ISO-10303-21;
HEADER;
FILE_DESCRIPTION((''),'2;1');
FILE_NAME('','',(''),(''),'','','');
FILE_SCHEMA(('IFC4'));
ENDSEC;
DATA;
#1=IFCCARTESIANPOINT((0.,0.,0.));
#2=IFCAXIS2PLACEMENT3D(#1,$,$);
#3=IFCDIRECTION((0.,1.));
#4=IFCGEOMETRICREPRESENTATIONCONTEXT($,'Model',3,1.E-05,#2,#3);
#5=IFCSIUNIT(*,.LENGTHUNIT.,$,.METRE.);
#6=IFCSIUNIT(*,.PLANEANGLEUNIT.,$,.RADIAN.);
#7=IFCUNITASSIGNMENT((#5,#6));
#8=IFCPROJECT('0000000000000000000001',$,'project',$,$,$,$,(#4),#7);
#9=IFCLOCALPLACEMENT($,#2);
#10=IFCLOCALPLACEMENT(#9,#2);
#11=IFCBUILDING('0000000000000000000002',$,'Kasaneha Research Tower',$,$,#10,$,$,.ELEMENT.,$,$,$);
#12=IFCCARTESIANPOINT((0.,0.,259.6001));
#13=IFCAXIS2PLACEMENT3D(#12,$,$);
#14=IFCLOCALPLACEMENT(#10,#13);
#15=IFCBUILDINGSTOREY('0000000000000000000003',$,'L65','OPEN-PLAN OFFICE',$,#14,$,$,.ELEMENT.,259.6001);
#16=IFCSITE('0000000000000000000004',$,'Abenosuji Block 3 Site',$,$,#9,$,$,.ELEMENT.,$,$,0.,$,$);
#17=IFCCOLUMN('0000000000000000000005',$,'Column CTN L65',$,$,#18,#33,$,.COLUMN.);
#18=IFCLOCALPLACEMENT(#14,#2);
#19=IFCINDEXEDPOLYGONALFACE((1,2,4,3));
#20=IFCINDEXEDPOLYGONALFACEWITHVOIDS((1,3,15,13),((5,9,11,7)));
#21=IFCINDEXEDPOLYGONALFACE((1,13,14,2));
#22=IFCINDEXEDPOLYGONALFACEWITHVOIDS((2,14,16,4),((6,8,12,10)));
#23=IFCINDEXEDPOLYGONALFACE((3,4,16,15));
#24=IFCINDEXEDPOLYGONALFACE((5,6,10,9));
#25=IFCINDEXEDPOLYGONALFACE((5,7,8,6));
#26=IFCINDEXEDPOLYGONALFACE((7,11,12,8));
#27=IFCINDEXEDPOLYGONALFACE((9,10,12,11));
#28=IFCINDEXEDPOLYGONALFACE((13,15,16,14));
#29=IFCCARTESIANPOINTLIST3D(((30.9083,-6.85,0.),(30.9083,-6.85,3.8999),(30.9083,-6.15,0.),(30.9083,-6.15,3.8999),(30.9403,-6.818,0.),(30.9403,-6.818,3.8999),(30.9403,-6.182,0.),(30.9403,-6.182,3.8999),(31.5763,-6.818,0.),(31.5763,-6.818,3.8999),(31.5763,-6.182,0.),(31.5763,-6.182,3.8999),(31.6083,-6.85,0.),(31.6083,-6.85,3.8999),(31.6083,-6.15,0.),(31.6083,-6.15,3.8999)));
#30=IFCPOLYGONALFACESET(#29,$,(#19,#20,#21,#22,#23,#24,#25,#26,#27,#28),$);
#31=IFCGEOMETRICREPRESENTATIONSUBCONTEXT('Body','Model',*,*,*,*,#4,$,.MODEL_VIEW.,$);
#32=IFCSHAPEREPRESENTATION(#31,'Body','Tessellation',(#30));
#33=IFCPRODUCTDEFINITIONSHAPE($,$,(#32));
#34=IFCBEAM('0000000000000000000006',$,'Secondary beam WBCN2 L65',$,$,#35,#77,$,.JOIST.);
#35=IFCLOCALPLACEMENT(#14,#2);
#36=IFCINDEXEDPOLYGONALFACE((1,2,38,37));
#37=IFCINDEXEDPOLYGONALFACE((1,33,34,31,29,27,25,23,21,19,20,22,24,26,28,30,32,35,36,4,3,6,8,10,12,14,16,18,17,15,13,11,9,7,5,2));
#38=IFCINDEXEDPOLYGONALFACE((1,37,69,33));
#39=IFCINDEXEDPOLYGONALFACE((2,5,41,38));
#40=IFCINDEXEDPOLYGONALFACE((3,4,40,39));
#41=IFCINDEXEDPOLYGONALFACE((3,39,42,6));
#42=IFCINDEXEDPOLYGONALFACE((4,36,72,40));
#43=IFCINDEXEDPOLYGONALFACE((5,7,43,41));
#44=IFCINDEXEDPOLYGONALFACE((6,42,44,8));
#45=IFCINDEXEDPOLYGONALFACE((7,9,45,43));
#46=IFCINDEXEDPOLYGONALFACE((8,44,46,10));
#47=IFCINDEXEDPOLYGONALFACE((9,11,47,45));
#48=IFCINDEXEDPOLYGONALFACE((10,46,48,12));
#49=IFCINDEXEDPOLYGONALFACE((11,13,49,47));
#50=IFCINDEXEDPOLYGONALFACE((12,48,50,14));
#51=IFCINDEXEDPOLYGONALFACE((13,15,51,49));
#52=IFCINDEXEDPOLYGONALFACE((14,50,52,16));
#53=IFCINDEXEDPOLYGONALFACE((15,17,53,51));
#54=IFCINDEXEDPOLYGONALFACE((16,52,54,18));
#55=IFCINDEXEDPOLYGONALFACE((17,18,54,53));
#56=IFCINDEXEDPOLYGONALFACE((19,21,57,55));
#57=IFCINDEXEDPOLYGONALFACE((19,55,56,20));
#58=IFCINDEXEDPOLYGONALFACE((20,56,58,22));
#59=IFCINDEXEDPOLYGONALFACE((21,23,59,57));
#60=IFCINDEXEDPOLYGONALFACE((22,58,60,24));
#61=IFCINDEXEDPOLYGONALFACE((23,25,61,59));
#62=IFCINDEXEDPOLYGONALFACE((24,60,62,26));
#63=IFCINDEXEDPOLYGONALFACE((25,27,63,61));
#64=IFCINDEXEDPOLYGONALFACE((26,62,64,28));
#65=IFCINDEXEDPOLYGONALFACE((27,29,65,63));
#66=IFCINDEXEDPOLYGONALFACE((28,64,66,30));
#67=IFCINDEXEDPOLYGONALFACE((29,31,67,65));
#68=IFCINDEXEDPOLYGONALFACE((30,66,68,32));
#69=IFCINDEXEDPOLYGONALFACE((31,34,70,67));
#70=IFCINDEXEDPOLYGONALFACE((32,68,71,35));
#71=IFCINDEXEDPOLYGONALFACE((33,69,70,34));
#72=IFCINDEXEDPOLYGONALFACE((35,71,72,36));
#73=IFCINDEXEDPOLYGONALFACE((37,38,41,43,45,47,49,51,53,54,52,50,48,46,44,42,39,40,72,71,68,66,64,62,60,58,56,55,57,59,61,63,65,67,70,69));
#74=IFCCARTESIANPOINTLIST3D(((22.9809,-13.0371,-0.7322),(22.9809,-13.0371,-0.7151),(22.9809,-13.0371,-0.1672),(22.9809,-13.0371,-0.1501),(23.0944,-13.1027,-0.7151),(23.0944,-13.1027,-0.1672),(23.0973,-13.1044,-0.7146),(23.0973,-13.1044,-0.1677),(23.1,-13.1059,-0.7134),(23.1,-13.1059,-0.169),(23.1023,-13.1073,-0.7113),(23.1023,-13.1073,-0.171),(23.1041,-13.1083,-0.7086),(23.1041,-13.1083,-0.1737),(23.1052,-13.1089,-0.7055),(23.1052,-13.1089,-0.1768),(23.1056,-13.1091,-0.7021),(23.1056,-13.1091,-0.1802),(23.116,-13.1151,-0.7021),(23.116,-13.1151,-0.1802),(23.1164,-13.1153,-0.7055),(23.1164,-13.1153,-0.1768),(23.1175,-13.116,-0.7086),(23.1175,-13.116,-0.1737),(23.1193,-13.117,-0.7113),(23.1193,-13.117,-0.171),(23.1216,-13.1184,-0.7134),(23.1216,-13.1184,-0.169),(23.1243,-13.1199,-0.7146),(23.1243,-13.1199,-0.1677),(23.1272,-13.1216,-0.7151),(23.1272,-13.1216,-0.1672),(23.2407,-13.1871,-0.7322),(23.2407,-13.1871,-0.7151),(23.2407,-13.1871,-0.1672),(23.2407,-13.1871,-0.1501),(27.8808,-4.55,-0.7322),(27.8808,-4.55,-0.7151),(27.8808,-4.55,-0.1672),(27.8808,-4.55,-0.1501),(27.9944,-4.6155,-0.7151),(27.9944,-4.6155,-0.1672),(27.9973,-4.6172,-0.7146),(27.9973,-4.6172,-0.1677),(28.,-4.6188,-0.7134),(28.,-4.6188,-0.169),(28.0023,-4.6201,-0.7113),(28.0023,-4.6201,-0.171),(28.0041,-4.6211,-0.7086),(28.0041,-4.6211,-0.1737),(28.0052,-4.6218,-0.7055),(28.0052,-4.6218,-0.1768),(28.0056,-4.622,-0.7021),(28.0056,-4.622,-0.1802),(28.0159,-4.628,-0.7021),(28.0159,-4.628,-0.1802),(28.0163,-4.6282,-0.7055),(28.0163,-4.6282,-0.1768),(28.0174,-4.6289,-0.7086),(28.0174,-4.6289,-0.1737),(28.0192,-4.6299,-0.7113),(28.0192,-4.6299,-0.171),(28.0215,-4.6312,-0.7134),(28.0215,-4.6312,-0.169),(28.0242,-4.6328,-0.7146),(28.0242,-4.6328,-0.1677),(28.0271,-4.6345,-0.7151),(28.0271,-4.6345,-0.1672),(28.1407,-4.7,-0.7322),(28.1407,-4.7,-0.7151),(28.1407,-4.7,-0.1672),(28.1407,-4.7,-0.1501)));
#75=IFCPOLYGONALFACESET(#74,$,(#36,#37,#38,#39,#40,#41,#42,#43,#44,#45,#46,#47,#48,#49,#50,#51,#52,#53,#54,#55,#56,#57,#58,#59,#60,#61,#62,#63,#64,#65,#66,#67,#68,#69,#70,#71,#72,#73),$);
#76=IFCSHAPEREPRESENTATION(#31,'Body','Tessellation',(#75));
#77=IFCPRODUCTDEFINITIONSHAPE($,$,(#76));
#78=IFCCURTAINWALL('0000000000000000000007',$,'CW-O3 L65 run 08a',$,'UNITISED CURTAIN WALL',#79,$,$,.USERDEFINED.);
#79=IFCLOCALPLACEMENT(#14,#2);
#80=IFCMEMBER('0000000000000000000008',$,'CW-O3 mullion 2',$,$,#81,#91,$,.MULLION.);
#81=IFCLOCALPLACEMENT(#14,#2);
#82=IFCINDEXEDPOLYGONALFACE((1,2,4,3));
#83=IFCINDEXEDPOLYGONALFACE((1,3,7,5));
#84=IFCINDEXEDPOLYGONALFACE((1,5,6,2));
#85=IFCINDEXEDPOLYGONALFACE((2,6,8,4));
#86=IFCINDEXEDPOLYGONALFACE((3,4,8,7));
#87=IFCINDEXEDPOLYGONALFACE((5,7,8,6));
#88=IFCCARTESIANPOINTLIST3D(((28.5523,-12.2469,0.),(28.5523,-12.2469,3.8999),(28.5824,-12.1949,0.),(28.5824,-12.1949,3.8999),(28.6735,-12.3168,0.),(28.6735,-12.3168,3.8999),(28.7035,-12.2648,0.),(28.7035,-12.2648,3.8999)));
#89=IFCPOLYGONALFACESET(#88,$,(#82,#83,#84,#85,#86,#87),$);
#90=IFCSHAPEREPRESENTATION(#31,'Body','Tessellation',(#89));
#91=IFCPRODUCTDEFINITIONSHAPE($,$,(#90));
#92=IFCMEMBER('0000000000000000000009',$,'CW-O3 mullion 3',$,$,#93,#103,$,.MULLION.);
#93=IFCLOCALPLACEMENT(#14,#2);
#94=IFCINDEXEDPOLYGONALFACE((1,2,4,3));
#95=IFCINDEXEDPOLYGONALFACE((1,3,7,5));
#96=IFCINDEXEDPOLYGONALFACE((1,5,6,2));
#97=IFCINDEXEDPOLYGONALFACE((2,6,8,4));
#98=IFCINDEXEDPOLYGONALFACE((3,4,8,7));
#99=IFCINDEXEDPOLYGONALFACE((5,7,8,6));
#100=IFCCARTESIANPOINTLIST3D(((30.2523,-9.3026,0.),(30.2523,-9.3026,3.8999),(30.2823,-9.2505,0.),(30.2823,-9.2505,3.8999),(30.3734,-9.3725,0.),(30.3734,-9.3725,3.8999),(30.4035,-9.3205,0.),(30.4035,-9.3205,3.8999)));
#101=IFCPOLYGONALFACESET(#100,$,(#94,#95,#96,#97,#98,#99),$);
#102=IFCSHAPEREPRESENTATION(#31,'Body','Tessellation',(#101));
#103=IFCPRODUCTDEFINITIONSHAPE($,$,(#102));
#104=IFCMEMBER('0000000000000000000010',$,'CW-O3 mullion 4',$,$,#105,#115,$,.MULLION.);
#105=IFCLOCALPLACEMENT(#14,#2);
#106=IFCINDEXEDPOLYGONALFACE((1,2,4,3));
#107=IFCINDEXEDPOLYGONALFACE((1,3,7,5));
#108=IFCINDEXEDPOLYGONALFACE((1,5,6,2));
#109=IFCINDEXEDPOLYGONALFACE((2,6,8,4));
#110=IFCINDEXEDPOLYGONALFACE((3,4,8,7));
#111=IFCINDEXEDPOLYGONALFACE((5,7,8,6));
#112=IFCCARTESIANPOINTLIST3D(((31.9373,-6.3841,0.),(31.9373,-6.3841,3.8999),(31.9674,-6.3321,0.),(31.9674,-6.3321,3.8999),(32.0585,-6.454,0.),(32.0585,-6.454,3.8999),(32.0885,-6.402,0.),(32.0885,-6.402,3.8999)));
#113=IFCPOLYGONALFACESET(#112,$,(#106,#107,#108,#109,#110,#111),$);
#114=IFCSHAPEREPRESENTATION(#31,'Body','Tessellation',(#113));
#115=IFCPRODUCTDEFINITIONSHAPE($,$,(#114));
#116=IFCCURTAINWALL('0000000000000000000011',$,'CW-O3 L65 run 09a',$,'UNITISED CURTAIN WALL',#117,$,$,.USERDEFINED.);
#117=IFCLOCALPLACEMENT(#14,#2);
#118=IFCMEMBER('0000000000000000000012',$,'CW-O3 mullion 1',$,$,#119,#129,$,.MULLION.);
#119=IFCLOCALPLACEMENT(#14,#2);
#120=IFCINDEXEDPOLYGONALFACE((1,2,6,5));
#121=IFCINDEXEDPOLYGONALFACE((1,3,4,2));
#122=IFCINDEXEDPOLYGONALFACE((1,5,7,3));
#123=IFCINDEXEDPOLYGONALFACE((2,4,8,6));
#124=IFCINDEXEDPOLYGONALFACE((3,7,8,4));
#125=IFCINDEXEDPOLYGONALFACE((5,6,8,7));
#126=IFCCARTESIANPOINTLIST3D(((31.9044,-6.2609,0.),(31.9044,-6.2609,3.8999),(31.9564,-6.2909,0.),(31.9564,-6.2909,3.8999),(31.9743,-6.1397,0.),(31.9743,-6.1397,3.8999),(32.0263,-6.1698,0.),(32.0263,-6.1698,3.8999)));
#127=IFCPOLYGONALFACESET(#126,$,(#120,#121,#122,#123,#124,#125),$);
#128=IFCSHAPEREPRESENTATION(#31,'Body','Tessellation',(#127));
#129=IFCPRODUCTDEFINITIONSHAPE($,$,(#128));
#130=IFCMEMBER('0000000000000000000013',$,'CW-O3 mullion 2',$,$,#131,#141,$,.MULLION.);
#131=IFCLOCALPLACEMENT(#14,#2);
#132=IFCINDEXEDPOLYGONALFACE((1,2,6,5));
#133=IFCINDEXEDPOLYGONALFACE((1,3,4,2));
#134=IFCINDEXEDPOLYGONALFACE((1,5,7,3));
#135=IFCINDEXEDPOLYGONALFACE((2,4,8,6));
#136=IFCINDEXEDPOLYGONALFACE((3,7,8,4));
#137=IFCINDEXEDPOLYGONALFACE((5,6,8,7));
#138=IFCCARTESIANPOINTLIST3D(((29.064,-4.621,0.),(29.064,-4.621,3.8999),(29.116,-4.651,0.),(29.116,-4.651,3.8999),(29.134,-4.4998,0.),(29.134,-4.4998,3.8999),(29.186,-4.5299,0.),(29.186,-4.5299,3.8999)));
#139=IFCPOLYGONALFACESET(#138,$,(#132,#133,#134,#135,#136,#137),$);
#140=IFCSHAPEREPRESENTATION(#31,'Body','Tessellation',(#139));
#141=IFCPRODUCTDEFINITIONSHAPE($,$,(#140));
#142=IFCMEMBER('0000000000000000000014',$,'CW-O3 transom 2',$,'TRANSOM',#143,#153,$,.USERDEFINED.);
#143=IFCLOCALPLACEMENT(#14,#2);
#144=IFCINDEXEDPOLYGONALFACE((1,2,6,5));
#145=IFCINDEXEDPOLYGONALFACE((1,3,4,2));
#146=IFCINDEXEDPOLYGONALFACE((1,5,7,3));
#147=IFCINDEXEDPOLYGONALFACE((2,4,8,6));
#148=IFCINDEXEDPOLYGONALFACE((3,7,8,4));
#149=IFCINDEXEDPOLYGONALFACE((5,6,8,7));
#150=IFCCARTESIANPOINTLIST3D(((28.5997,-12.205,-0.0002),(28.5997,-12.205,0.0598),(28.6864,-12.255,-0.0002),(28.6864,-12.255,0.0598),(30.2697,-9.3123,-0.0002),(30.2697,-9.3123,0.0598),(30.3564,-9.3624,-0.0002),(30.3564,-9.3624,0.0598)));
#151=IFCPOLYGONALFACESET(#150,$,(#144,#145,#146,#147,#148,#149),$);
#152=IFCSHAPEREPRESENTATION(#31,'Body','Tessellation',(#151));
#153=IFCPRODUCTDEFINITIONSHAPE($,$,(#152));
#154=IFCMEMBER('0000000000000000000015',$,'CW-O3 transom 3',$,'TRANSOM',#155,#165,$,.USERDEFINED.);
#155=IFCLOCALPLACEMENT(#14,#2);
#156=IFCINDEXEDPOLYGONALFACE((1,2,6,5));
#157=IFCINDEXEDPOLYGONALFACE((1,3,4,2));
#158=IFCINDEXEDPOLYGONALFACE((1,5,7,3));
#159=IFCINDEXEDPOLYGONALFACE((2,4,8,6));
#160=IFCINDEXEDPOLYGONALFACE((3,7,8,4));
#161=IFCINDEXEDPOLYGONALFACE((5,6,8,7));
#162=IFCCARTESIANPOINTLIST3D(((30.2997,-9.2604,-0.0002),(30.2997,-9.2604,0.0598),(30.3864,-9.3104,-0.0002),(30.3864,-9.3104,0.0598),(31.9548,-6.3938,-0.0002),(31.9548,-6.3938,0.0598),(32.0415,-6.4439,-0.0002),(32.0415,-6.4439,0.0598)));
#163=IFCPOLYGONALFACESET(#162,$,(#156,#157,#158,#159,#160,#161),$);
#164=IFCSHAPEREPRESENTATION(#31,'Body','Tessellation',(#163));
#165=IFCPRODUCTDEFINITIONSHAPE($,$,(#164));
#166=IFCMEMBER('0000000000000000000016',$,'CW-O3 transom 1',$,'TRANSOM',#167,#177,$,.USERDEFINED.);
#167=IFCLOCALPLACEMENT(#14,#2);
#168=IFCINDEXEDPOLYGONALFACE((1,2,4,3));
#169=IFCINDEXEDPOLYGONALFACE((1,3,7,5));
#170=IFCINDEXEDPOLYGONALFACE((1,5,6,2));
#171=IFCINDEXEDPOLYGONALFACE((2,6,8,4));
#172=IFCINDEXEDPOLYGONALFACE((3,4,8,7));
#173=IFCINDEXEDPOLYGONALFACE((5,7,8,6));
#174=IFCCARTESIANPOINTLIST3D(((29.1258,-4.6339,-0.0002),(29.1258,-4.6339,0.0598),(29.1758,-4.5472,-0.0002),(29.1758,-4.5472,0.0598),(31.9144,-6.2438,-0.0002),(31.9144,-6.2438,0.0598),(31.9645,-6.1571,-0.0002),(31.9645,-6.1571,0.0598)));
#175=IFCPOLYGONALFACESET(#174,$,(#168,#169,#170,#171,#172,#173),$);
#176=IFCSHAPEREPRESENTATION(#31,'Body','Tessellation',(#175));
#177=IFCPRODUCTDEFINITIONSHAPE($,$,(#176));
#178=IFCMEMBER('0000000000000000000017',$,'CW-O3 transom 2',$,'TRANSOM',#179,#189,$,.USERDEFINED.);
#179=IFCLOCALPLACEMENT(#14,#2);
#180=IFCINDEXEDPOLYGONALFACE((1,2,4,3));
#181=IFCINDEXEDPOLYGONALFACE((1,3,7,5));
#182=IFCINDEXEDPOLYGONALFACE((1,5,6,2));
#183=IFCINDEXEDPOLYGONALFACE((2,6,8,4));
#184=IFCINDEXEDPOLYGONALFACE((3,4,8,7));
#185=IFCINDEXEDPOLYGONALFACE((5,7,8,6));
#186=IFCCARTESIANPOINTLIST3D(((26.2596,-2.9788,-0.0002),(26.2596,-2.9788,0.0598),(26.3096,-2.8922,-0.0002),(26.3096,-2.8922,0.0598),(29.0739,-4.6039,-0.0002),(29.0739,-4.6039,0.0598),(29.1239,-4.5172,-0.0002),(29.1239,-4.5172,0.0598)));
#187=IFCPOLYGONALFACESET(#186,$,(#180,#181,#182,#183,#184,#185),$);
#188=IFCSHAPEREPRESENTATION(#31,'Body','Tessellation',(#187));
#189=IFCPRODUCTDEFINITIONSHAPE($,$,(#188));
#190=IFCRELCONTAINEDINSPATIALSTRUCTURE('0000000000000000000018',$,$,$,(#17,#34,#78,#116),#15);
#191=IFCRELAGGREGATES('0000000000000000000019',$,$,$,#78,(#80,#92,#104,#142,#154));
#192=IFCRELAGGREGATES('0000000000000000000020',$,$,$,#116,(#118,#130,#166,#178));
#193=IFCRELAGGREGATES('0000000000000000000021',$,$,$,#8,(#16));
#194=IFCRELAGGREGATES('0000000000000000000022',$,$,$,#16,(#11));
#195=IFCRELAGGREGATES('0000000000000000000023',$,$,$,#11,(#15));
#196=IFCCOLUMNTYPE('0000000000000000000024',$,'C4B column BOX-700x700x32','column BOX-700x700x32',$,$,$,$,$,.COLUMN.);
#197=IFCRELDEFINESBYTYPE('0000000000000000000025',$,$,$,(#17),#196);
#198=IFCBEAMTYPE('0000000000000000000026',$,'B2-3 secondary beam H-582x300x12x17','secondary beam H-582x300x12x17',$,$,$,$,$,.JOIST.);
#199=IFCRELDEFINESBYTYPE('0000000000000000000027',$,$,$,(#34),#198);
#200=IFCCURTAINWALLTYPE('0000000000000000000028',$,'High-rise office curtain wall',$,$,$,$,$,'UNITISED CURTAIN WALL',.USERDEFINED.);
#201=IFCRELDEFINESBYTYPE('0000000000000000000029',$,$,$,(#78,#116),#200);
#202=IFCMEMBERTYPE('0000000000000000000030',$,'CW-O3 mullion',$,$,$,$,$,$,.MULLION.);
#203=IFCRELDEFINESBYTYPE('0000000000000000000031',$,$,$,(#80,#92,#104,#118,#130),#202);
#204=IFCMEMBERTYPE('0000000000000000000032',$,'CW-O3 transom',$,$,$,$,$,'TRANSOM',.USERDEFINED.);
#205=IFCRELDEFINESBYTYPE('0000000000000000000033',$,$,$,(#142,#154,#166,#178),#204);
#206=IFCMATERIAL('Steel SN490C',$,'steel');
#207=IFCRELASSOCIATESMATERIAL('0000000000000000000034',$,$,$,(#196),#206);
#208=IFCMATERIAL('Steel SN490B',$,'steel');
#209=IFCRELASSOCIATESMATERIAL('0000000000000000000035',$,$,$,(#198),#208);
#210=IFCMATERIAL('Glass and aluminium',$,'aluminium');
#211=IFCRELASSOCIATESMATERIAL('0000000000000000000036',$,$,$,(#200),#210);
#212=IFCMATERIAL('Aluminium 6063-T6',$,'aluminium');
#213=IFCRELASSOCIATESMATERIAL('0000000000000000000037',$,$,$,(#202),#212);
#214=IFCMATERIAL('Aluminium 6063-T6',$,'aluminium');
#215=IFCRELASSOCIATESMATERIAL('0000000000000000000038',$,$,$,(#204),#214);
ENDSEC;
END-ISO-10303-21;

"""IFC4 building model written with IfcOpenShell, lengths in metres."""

from ifc_helpers import new_model, si_unit, direction, frame, origin, origin_2d, place, context, subcontext, project, spatial, rectangle, hollow_rectangle, i_section, extrude, material, material_profile, profile_set, type_object, element, aggregate, save


model = new_model("IFC4")

# Units and contexts
model_context = context("Model", 3, precision=1e-05, world=origin(), true_north=direction((0.0, 1.0)))
body_context = subcontext(model_context, "Body", "Model", "MODEL_VIEW")
ifc_project = project(units=[si_unit("LENGTHUNIT", "METRE"), si_unit("PLANEANGLEUNIT", "RADIAN")], contexts=[model_context])

# Site, building, storey
site_placement = place(None, origin())
site = spatial("IfcSite", under=ifc_project, at=site_placement, Name="Abenosuji Block 3 Site", CompositionType="ELEMENT", RefElevation=0.0)
building_placement = place(site_placement, origin())
building = spatial("IfcBuilding", under=site, at=building_placement, Name="Kasaneha Research Tower", CompositionType="ELEMENT")
storey_placement = place(building_placement, frame((0.0, 0.0, 259.6001)))
storey = spatial("IfcBuildingStorey", under=building, at=storey_placement, Name="L65", Description="OPEN-PLAN OFFICE", CompositionType="ELEMENT", Elevation=259.6001)

# Column
ifc_material_1 = material(Name="Steel SN490C", Category="steel")
ifc_material_profile_1 = material_profile(ifc_material_1, hollow_rectangle(XDim=0.7, YDim=0.7, WallThickness=0.032, at=origin_2d()), Name="BOX-700x700x32")
ifc_profile_set_1 = profile_set([ifc_material_profile_1], Name="Steel SN490C")
column_type = type_object("IfcColumnType", Name="C4B column BOX-700x700x32", Description="column BOX-700x700x32", PredefinedType="COLUMN", material=ifc_profile_set_1)
column_placement = place(storey_placement, frame((31.2583, -6.5, 0.0), z_axis=(0.0, 0.0, 1.0), x_axis=(1.0, 0.0, 0.0)))
element("IfcColumn", 1, at=column_placement, inside=storey, type_object=column_type, Name="Column CTN L65", PredefinedType="COLUMN", context=body_context, shape_type="SweptSolid", body=[
    extrude(hollow_rectangle(XDim=0.7, YDim=0.7, WallThickness=0.032, at=origin_2d()), origin(), (0.0, 0.0, 1.0), 3.8999),
])

# Beam
ifc_material_2 = material(Name="Steel SN490B", Category="steel")
ifc_material_profile_2 = material_profile(ifc_material_2, i_section(OverallWidth=0.3, OverallDepth=0.582, WebThickness=0.012, FlangeThickness=0.0171, FilletRadius=0.0129, at=origin_2d()), Name="H-582x300x12x17")
ifc_profile_set_2 = profile_set([ifc_material_profile_2], Name="Steel SN490B")
beam_type_1 = type_object("IfcBeamType", Name="B2-3 secondary beam H-582x300x12x17", Description="secondary beam H-582x300x12x17", PredefinedType="JOIST", material=ifc_profile_set_2)
beam_1_placement = place(storey_placement, frame((28.0107, -4.625, -0.4412), z_axis=(-0.499992, -0.86603, 0.0), x_axis=(0.86603, -0.499992, 0.0)))
element("IfcBeam", 2, at=beam_1_placement, inside=storey, type_object=beam_type_1, Name="Secondary beam WBCN2 L65", PredefinedType="JOIST", context=body_context, shape_type="SweptSolid", body=[
    extrude(i_section(OverallWidth=0.3, OverallDepth=0.582, WebThickness=0.012, FlangeThickness=0.0171, FilletRadius=0.0129, at=origin_2d()), origin(), (0.0, 0.0, 1.0), 9.8),
])

# Curtain walls, members
ifc_material_3 = material(Name="Glass and aluminium", Category="aluminium")
curtain_wall_type = type_object("IfcCurtainWallType", Name="High-rise office curtain wall", ElementType="UNITISED CURTAIN WALL", PredefinedType="USERDEFINED", material=ifc_material_3)
curtain_wall_1_placement = place(storey_placement, origin())
curtain_wall_1 = element("IfcCurtainWall", 3, at=curtain_wall_1_placement, inside=storey, type_object=curtain_wall_type, Name="CW-O3 L65 run 08a", ObjectType="UNITISED CURTAIN WALL", PredefinedType="USERDEFINED")
ifc_material_4 = material(Name="Aluminium 6063-T6", Category="aluminium")
ifc_material_profile_3 = material_profile(ifc_material_4, rectangle(XDim=0.0601, YDim=0.1399, at=origin_2d()), Name="CW-O3 mullion 60x140")
ifc_profile_set_3 = profile_set([ifc_material_profile_3], Name="Aluminium 6063-T6")
member_type_1 = type_object("IfcMemberType", Name="CW-O3 mullion", PredefinedType="MULLION", material=ifc_profile_set_3)
member_1_placement = place(storey_placement, frame((28.6279, -12.2559, 0.0), z_axis=(0.0, 0.0, 1.0), x_axis=(0.5, 0.866025, 0.0)))
member_1 = element("IfcMember", 4, at=member_1_placement, type_object=member_type_1, Name="CW-O3 mullion 2", PredefinedType="MULLION", context=body_context, shape_type="SweptSolid", body=[
    extrude(rectangle(XDim=0.0601, YDim=0.1399, at=origin_2d()), origin(), (0.0, 0.0, 1.0), 3.8999),
])
member_2_placement = place(storey_placement, frame((30.3279, -9.3115, 0.0), z_axis=(0.0, 0.0, 1.0), x_axis=(0.5, 0.866025, 0.0)))
member_2 = element("IfcMember", 5, at=member_2_placement, type_object=member_type_1, Name="CW-O3 mullion 3", PredefinedType="MULLION", context=body_context, shape_type="SweptSolid", body=[
    extrude(rectangle(XDim=0.0601, YDim=0.1399, at=origin_2d()), origin(), (0.0, 0.0, 1.0), 3.8999),
])
member_3_placement = place(storey_placement, frame((32.0129, -6.3931, 0.0), z_axis=(0.0, 0.0, 1.0), x_axis=(0.5, 0.866025, 0.0)))
member_3 = element("IfcMember", 6, at=member_3_placement, type_object=member_type_1, Name="CW-O3 mullion 4", PredefinedType="MULLION", context=body_context, shape_type="SweptSolid", body=[
    extrude(rectangle(XDim=0.0601, YDim=0.1399, at=origin_2d()), origin(), (0.0, 0.0, 1.0), 3.8999),
])
curtain_wall_2_placement = place(storey_placement, origin())
curtain_wall_2 = element("IfcCurtainWall", 7, at=curtain_wall_2_placement, inside=storey, type_object=curtain_wall_type, Name="CW-O3 L65 run 09a", ObjectType="UNITISED CURTAIN WALL", PredefinedType="USERDEFINED")
member_4_placement = place(storey_placement, frame((31.9653, -6.2153, 0.0), z_axis=(0.0, 0.0, 1.0), x_axis=(-0.866025, 0.5, 0.0)))
member_4 = element("IfcMember", 8, at=member_4_placement, type_object=member_type_1, Name="CW-O3 mullion 1", PredefinedType="MULLION", context=body_context, shape_type="SweptSolid", body=[
    extrude(rectangle(XDim=0.0601, YDim=0.1399, at=origin_2d()), origin(), (0.0, 0.0, 1.0), 3.8999),
])
member_5_placement = place(storey_placement, frame((29.125, -4.5754, 0.0), z_axis=(0.0, 0.0, 1.0), x_axis=(-0.866025, 0.5, 0.0)))
member_5 = element("IfcMember", 9, at=member_5_placement, type_object=member_type_1, Name="CW-O3 mullion 2", PredefinedType="MULLION", context=body_context, shape_type="SweptSolid", body=[
    extrude(rectangle(XDim=0.0601, YDim=0.1399, at=origin_2d()), origin(), (0.0, 0.0, 1.0), 3.8999),
])

# Members
ifc_material_5 = material(Name="Aluminium 6063-T6", Category="aluminium")
ifc_material_profile_4 = material_profile(ifc_material_5, rectangle(XDim=0.1001, YDim=0.0601, at=origin_2d()), Name="CW-O3 transom 100x60")
ifc_profile_set_4 = profile_set([ifc_material_profile_4], Name="Aluminium 6063-T6")
member_type_2 = type_object("IfcMemberType", Name="CW-O3 transom", ElementType="TRANSOM", PredefinedType="USERDEFINED", material=ifc_profile_set_4)
member_6_placement = place(storey_placement, frame((28.6431, -12.23, 0.0298), z_axis=(0.499976, 0.86604, 0.0), x_axis=(-0.86604, 0.499976, 0.0)))
member_6 = element("IfcMember", 10, at=member_6_placement, type_object=member_type_2, Name="CW-O3 transom 2", ObjectType="TRANSOM", PredefinedType="USERDEFINED", context=body_context, shape_type="SweptSolid", body=[
    extrude(rectangle(XDim=0.1001, YDim=0.0601, at=origin_2d()), origin(), (0.0, 0.0, 1.0), 3.3401),
])
member_7_placement = place(storey_placement, frame((30.343, -9.2854, 0.0298), z_axis=(0.500018, 0.866015, 0.0), x_axis=(-0.866015, 0.500018, 0.0)))
member_7 = element("IfcMember", 11, at=member_7_placement, type_object=member_type_2, Name="CW-O3 transom 3", ObjectType="TRANSOM", PredefinedType="USERDEFINED", context=body_context, shape_type="SweptSolid", body=[
    extrude(rectangle(XDim=0.1001, YDim=0.0601, at=origin_2d()), origin(), (0.0, 0.0, 1.0), 3.3101),
])
member_8_placement = place(storey_placement, frame((31.9395, -6.2004, 0.0298), z_axis=(-0.866042, 0.499972, 0.0), x_axis=(-0.499972, -0.866042, 0.0)))
member_8 = element("IfcMember", 12, at=member_8_placement, type_object=member_type_2, Name="CW-O3 transom 1", ObjectType="TRANSOM", PredefinedType="USERDEFINED", context=body_context, shape_type="SweptSolid", body=[
    extrude(rectangle(XDim=0.1001, YDim=0.0601, at=origin_2d()), origin(), (0.0, 0.0, 1.0), 3.22),
])
member_9_placement = place(storey_placement, frame((29.0989, -4.5605, 0.0298), z_axis=(-0.865997, 0.50005, 0.0), x_axis=(-0.50005, -0.865997, 0.0)))
member_9 = element("IfcMember", 13, at=member_9_placement, type_object=member_type_2, Name="CW-O3 transom 2", ObjectType="TRANSOM", PredefinedType="USERDEFINED", context=body_context, shape_type="SweptSolid", body=[
    extrude(rectangle(XDim=0.1001, YDim=0.0601, at=origin_2d()), origin(), (0.0, 0.0, 1.0), 3.2498),
])

aggregate(curtain_wall_1, [member_1, member_2, member_3, member_6, member_7])
aggregate(curtain_wall_2, [member_4, member_5, member_8, member_9])

save(model, "model.ifc")
